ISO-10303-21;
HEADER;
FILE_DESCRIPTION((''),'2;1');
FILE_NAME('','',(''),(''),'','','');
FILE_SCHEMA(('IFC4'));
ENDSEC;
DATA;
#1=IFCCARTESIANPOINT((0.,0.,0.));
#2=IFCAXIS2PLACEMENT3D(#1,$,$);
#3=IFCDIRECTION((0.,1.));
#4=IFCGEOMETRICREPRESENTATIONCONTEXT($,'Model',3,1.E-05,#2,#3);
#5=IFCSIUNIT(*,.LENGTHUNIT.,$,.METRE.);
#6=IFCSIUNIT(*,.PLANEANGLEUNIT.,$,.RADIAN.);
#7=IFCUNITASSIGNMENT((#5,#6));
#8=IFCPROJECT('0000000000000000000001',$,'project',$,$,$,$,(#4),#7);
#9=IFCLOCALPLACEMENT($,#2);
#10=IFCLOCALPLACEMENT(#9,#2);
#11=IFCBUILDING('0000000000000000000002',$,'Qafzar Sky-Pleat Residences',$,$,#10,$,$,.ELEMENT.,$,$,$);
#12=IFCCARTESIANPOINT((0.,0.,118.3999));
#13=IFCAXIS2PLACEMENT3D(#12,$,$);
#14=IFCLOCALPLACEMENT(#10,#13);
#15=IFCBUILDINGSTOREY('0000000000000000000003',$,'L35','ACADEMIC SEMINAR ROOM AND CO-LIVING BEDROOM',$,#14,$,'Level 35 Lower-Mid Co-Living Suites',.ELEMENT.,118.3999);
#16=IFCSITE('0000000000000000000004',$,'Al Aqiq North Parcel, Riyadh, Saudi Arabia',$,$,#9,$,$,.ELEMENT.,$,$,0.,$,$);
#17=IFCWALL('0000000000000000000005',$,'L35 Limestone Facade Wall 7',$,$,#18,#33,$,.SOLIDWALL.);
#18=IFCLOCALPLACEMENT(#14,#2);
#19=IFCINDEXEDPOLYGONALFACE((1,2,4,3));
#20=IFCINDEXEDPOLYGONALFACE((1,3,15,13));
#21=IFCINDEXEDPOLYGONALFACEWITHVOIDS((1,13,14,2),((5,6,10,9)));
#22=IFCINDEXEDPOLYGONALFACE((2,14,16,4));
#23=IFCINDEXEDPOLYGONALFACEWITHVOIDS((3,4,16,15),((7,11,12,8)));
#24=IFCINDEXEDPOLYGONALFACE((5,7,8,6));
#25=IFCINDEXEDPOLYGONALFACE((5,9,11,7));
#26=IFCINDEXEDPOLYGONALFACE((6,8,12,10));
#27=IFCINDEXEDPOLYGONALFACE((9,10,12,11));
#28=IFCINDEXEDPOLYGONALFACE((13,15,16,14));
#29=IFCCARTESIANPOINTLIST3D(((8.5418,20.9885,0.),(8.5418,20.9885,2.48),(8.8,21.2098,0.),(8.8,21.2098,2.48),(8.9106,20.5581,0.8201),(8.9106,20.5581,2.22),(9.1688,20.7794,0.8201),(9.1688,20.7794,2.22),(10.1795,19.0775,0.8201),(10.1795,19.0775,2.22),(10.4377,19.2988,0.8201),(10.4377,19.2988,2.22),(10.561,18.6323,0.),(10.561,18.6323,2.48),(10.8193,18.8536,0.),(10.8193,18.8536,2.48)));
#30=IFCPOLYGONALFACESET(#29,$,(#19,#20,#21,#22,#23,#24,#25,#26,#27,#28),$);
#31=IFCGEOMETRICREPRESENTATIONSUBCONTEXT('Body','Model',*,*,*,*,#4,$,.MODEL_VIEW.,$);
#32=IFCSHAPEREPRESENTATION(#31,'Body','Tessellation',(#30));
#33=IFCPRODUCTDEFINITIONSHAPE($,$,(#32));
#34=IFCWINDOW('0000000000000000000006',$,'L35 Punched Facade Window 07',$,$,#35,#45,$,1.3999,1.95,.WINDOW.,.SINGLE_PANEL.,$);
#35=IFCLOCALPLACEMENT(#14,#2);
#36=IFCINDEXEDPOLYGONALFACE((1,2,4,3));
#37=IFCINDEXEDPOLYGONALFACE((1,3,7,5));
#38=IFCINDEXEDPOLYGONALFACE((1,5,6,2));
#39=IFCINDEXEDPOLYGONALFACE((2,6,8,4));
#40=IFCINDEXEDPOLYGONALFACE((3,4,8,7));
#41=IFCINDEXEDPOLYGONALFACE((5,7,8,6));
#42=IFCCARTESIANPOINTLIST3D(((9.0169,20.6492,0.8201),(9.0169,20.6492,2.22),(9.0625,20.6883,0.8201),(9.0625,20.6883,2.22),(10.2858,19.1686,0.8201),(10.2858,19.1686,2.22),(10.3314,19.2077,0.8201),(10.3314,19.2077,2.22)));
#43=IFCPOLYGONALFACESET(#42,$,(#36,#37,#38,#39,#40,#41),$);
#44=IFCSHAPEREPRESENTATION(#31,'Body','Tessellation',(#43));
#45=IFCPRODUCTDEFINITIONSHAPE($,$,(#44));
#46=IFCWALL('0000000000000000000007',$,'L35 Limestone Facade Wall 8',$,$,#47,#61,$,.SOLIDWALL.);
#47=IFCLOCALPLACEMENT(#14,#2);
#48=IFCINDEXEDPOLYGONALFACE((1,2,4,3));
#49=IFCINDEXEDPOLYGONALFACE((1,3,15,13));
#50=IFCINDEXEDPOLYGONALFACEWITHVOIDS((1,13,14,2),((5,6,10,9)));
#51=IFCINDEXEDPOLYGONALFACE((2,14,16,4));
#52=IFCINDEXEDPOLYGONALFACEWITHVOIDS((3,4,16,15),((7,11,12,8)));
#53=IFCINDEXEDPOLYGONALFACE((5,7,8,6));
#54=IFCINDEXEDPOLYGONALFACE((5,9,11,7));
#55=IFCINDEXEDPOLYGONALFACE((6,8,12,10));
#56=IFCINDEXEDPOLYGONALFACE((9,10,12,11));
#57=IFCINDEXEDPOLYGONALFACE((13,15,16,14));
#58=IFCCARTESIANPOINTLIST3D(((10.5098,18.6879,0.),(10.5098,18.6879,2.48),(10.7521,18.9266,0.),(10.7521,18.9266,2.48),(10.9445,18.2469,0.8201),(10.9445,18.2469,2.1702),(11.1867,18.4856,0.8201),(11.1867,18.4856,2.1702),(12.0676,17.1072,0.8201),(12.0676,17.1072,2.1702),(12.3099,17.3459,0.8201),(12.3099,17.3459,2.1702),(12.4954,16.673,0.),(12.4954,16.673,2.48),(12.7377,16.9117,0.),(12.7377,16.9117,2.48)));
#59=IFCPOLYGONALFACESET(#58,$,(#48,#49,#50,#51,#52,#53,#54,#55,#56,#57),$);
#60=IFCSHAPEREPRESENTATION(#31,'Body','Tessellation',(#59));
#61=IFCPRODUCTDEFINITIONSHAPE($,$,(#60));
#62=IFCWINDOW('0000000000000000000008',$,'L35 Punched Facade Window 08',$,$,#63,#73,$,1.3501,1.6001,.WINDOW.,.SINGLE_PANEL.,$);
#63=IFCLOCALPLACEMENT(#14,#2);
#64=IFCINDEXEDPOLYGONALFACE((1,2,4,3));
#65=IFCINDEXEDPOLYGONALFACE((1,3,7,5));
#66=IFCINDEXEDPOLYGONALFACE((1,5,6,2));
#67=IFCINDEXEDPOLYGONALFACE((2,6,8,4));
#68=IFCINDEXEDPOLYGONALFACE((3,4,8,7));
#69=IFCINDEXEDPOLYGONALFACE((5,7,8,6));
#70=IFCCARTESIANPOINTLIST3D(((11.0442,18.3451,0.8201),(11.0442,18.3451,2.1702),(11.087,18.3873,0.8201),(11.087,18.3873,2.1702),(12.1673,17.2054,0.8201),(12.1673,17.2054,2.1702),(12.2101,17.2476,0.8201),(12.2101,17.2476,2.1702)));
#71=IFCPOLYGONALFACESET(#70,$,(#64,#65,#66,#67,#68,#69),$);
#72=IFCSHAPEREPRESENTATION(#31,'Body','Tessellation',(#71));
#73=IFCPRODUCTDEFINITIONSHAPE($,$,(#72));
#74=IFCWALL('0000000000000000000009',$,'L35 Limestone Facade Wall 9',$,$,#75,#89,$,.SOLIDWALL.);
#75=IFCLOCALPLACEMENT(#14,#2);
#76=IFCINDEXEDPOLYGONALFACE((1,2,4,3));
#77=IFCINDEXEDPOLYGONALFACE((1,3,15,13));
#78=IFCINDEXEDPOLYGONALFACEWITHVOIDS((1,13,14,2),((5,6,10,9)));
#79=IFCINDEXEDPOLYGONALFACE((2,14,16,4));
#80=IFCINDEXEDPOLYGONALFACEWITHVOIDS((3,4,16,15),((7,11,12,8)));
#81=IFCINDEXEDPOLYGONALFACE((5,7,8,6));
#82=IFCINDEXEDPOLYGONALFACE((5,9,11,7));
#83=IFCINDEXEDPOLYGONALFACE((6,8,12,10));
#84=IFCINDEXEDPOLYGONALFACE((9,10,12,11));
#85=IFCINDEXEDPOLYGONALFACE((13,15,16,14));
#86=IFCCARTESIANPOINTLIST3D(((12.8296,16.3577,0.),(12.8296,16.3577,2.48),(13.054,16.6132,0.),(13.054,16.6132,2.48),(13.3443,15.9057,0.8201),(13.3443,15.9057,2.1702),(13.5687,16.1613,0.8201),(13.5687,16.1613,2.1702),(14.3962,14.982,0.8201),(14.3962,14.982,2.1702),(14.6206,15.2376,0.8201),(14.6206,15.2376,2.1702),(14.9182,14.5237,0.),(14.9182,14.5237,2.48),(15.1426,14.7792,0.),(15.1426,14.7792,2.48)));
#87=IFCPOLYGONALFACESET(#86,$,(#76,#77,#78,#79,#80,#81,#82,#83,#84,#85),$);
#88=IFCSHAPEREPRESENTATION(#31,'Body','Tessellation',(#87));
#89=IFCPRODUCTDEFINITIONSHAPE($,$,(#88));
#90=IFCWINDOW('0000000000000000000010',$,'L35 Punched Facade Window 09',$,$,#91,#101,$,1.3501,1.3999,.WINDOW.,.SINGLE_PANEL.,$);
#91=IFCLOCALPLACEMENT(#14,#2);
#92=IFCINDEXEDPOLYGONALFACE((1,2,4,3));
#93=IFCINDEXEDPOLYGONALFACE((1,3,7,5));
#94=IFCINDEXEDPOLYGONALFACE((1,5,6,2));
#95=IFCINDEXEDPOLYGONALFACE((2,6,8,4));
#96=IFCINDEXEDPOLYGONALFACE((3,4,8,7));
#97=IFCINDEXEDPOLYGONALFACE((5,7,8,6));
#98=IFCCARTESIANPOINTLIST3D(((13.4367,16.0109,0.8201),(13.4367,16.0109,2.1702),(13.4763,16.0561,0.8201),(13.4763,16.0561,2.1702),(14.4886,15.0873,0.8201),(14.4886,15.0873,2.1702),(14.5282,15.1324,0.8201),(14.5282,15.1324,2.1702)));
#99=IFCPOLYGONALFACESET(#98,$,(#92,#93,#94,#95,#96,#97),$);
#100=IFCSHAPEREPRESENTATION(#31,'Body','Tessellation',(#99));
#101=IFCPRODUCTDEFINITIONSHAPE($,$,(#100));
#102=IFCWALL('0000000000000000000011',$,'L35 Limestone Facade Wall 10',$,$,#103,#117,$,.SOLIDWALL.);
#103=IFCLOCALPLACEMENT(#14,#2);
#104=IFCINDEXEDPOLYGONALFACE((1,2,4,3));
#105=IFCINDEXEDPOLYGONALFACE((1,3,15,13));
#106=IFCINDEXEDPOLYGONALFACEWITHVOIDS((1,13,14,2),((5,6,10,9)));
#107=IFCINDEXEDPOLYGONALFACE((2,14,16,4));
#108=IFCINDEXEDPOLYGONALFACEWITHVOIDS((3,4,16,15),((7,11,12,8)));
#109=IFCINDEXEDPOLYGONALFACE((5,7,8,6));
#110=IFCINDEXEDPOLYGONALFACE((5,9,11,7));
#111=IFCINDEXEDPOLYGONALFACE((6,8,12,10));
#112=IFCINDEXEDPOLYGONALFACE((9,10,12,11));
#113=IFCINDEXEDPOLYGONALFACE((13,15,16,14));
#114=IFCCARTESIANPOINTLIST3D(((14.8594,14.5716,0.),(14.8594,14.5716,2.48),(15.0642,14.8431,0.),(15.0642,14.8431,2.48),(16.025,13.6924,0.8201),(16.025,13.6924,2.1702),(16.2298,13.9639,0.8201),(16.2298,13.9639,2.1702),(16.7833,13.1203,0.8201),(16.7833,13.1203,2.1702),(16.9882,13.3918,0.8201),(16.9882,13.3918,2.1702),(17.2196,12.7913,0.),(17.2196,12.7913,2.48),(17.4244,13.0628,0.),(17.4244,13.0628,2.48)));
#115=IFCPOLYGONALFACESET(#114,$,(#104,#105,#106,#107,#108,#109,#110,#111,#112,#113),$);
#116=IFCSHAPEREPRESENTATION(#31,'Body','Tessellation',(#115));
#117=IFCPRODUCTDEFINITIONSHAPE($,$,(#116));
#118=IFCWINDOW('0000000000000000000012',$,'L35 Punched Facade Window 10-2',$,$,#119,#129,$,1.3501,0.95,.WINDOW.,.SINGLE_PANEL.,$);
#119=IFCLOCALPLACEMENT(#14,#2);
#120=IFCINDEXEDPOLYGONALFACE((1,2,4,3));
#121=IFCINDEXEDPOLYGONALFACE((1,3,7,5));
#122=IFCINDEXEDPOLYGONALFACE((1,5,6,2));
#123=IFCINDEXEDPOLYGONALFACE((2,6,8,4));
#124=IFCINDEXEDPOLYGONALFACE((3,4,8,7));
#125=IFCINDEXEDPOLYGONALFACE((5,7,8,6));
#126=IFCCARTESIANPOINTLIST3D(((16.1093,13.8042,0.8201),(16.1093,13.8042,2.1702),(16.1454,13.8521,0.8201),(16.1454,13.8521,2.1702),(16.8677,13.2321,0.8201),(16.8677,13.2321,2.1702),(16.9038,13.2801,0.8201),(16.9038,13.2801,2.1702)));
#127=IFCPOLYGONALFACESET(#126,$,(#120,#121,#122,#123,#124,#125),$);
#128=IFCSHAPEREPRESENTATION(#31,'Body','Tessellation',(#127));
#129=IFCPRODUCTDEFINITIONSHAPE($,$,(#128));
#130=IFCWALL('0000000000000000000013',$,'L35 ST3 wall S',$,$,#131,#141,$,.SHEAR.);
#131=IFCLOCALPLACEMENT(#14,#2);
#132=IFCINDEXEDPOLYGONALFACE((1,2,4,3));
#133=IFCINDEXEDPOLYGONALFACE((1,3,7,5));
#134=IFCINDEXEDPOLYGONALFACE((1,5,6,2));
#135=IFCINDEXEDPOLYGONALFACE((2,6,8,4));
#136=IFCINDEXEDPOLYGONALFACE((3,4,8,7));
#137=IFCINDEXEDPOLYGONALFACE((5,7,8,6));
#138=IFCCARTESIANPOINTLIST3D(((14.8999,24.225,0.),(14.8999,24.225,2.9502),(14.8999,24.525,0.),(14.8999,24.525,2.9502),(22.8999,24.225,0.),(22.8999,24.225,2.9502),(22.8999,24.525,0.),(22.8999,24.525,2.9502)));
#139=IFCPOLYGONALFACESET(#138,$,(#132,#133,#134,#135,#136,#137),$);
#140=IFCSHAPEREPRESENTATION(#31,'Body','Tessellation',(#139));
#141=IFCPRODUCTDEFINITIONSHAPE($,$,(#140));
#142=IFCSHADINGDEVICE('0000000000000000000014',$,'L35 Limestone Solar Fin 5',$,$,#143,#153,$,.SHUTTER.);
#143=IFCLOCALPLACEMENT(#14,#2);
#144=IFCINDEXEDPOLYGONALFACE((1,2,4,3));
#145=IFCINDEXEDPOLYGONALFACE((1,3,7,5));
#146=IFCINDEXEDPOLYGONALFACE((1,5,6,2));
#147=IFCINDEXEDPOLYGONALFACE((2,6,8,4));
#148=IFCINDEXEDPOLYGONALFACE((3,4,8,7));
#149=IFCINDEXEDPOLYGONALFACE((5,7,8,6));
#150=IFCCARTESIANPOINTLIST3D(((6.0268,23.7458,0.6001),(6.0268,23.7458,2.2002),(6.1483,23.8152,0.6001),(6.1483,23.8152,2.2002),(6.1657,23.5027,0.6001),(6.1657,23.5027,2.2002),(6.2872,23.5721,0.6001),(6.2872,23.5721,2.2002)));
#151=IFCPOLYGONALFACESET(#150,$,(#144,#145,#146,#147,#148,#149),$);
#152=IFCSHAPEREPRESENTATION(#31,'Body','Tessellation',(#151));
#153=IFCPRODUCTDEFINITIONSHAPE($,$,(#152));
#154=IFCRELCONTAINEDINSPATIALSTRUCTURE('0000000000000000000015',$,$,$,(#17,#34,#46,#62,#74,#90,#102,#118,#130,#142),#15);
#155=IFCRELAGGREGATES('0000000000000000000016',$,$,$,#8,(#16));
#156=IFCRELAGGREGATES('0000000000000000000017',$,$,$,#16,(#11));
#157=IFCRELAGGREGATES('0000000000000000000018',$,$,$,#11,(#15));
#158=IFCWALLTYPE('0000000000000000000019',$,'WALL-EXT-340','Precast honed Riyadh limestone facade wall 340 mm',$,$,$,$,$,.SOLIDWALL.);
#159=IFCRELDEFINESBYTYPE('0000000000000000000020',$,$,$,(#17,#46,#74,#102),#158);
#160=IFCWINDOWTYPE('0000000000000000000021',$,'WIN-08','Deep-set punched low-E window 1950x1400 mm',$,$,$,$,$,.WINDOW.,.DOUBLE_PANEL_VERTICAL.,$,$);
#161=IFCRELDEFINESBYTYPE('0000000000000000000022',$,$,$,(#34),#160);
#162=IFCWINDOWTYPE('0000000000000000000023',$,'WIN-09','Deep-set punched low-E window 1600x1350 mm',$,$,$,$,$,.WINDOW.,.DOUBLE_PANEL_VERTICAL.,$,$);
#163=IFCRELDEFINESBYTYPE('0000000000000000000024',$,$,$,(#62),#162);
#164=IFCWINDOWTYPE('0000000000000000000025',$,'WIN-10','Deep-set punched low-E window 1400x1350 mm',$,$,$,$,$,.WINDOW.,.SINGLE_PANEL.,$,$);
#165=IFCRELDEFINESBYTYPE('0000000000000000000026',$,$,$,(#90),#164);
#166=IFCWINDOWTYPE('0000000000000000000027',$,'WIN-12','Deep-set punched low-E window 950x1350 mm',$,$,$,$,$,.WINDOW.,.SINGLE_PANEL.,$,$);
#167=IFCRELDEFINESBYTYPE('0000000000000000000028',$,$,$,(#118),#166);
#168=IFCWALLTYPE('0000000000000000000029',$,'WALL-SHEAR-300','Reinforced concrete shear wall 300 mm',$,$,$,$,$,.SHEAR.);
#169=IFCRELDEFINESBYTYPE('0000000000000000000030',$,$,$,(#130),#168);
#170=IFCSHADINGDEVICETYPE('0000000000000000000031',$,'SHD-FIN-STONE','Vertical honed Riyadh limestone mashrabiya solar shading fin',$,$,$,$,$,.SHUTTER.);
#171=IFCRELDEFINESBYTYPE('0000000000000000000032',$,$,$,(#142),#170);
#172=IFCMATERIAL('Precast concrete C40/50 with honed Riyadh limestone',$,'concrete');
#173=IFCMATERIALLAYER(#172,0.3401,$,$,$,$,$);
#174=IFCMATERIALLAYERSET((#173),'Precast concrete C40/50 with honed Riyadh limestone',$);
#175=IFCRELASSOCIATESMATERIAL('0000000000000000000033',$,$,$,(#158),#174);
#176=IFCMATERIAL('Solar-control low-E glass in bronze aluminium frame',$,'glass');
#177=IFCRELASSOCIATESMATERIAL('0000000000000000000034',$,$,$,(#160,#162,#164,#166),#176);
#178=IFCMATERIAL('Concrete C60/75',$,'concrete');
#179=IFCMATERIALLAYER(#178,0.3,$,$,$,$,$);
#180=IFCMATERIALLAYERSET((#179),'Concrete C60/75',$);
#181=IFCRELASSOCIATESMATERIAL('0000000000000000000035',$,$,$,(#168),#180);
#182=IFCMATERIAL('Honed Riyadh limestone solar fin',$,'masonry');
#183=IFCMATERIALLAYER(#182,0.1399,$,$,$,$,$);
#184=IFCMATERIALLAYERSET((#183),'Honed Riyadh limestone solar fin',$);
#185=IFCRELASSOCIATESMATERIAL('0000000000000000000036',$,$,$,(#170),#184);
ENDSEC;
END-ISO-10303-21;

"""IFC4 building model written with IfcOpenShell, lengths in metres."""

from ifc_helpers import new_model, si_unit, direction, frame, frame_2d, origin, origin_2d, place, context, subcontext, project, spatial, rectangle, extrude, source, transform, mapped, material, layer, layer_set, type_object, element, fill, save


model = new_model("IFC4")

# Units and contexts
model_context = context("Model", 3, precision=1e-05, world=origin(), true_north=direction((0.0, 1.0)))
body_context = subcontext(model_context, "Body", "Model", "MODEL_VIEW")
ifc_project = project(units=[si_unit("LENGTHUNIT", "METRE"), si_unit("PLANEANGLEUNIT", "RADIAN")], contexts=[model_context])

# Site, building, storey
site_placement = place(None, origin())
site = spatial("IfcSite", under=ifc_project, at=site_placement, Name="Al Aqiq North Parcel, Riyadh, Saudi Arabia", CompositionType="ELEMENT", RefElevation=0.0)
building_placement = place(site_placement, origin())
building = spatial("IfcBuilding", under=site, at=building_placement, Name="Qafzar Sky-Pleat Residences", CompositionType="ELEMENT")
storey_placement = place(building_placement, frame((0.0, 0.0, 118.3999)))
storey = spatial("IfcBuildingStorey", under=building, at=storey_placement, Name="L35", Description="ACADEMIC SEMINAR ROOM AND CO-LIVING BEDROOM", LongName="Level 35 Lower-Mid Co-Living Suites", CompositionType="ELEMENT", Elevation=118.3999)

# Shared definitions
ifc_material_1 = material(Name="Concrete C60/75", Category="concrete")

# Walls, openings, windows
ifc_material_2 = material(Name="Precast concrete C40/50 with honed Riyadh limestone", Category="concrete")
ifc_layer_1 = layer(ifc_material_2, 0.3401)
ifc_layer_set_1 = layer_set([ifc_layer_1], Name="Precast concrete C40/50 with honed Riyadh limestone")
wall_type_1 = type_object("IfcWallType", Name="WALL-EXT-340", Description="Precast honed Riyadh limestone facade wall 340 mm", PredefinedType="SOLIDWALL", material=ifc_layer_set_1)
ifc_material_3 = material(Name="Solar-control low-E glass in bronze aluminium frame", Category="glass")
wall_1_placement = place(storey_placement, frame((8.6709, 21.0991, 0.0), z_axis=(0.0, 0.0, 1.0), x_axis=(0.650733, -0.759307, 0.0)))
wall_1 = element("IfcWall", 1, at=wall_1_placement, inside=storey, type_object=wall_type_1, Name="L35 Limestone Facade Wall 7", PredefinedType="SOLIDWALL", context=body_context, shape_type="SweptSolid", body=[
    extrude(rectangle(XDim=3.103, YDim=0.3401, at=frame_2d((1.5515, 0.0))), origin(), (0.0, 0.0, 1.0), 2.48),
])
opening_1_placement = place(wall_1_placement, frame((0.5667, 0.0, 0.8201)))
opening_1 = element("IfcOpeningElement", 2, at=opening_1_placement, cuts=wall_1, PredefinedType="OPENING", context=body_context, shape_type="SweptSolid", body=[
    extrude(rectangle(XDim=1.95, YDim=1.3999, at=frame_2d((0.9751, 0.7))), frame((0.0, 0.1802, 0.0), z_axis=(0.0, -1.0, 0.0), x_axis=(1.0, 0.0, 0.0)), (0.0, 0.0, 1.0), 0.3601),
])
window_type_1 = type_object("IfcWindowType", Name="WIN-08", Description="Deep-set punched low-E window 1950x1400 mm", PartitioningType="DOUBLE_PANEL_VERTICAL", PredefinedType="WINDOW", material=ifc_material_3)
shared_shape_1 = source(origin(), body_context, "Body", "SweptSolid", [
    extrude(rectangle(XDim=1.95, YDim=1.3999, at=frame_2d((0.9751, 0.7))), frame((0.0, 0.03, 0.0), z_axis=(0.0, -1.0, 0.0), x_axis=(1.0, 0.0, 0.0)), (0.0, 0.0, 1.0), 0.0601),
])
window_1_placement = place(opening_1_placement, origin())
window_1 = element("IfcWindow", 3, at=window_1_placement, inside=storey, type_object=window_type_1, Name="L35 Punched Facade Window 07", OverallHeight=1.3999, OverallWidth=1.95, PartitioningType="SINGLE_PANEL", PredefinedType="WINDOW", context=body_context, shape_type="MappedRepresentation", body=[
    mapped(shared_shape_1, transform((0.0, 0.0, 0.0), x_axis=(1.0, 0.0, 0.0), y_axis=(0.0, 1.0, 0.0), z_axis=(0.0, 0.0, 1.0), scale=1.0)),
])
fill(opening_1, window_1)
wall_2_placement = place(storey_placement, frame((10.6309, 18.8074, 0.0), z_axis=(0.0, 0.0, 1.0), x_axis=(0.70191, -0.712266, 0.0)))
wall_2 = element("IfcWall", 4, at=wall_2_placement, inside=storey, type_object=wall_type_1, Name="L35 Limestone Facade Wall 8", PredefinedType="SOLIDWALL", context=body_context, shape_type="SweptSolid", body=[
    extrude(rectangle(XDim=2.8289, YDim=0.3401, at=frame_2d((1.4146, 0.0))), origin(), (0.0, 0.0, 1.0), 2.48),
])
opening_2_placement = place(wall_2_placement, frame((0.6194, 0.0, 0.8201)))
opening_2 = element("IfcOpeningElement", 5, at=opening_2_placement, cuts=wall_2, PredefinedType="OPENING", context=body_context, shape_type="SweptSolid", body=[
    extrude(rectangle(XDim=1.6001, YDim=1.3501, at=frame_2d((0.8, 0.675))), frame((0.0, 0.1802, 0.0), z_axis=(0.0, -1.0, 0.0), x_axis=(1.0, 0.0, 0.0)), (0.0, 0.0, 1.0), 0.3601),
])
window_type_2 = type_object("IfcWindowType", Name="WIN-09", Description="Deep-set punched low-E window 1600x1350 mm", PartitioningType="DOUBLE_PANEL_VERTICAL", PredefinedType="WINDOW", material=ifc_material_3)
shared_shape_2 = source(origin(), body_context, "Body", "SweptSolid", [
    extrude(rectangle(XDim=1.6001, YDim=1.3501, at=frame_2d((0.8, 0.675))), frame((0.0, 0.03, 0.0), z_axis=(0.0, -1.0, 0.0), x_axis=(1.0, 0.0, 0.0)), (0.0, 0.0, 1.0), 0.0601),
])
window_2_placement = place(opening_2_placement, origin())
window_2 = element("IfcWindow", 6, at=window_2_placement, inside=storey, type_object=window_type_2, Name="L35 Punched Facade Window 08", OverallHeight=1.3501, OverallWidth=1.6001, PartitioningType="SINGLE_PANEL", PredefinedType="WINDOW", context=body_context, shape_type="MappedRepresentation", body=[
    mapped(shared_shape_2, transform((0.0, 0.0, 0.0), x_axis=(1.0, 0.0, 0.0), y_axis=(0.0, 1.0, 0.0), z_axis=(0.0, 0.0, 1.0), scale=1.0)),
])
fill(opening_2, window_2)
wall_3_placement = place(storey_placement, frame((12.9419, 16.4854, 0.0), z_axis=(0.0, 0.0, 1.0), x_axis=(0.751427, -0.659816, 0.0)))
wall_3 = element("IfcWall", 7, at=wall_3_placement, inside=storey, type_object=wall_type_1, Name="L35 Limestone Facade Wall 9", PredefinedType="SOLIDWALL", context=body_context, shape_type="SweptSolid", body=[
    extrude(rectangle(XDim=2.7795, YDim=0.3401, at=frame_2d((1.3896, 0.0))), origin(), (0.0, 0.0, 1.0), 2.48),
])
opening_3_placement = place(wall_3_placement, frame((0.6848, 0.0, 0.8201)))
opening_3 = element("IfcOpeningElement", 8, at=opening_3_placement, cuts=wall_3, PredefinedType="OPENING", context=body_context, shape_type="SweptSolid", body=[
    extrude(rectangle(XDim=1.3999, YDim=1.3501, at=frame_2d((0.7, 0.675))), frame((0.0, 0.1802, 0.0), z_axis=(0.0, -1.0, 0.0), x_axis=(1.0, 0.0, 0.0)), (0.0, 0.0, 1.0), 0.3601),
])
window_type_3 = type_object("IfcWindowType", Name="WIN-10", Description="Deep-set punched low-E window 1400x1350 mm", PartitioningType="SINGLE_PANEL", PredefinedType="WINDOW", material=ifc_material_3)
shared_shape_3 = source(origin(), body_context, "Body", "SweptSolid", [
    extrude(rectangle(XDim=1.3999, YDim=1.3501, at=frame_2d((0.7, 0.675))), frame((0.0, 0.03, 0.0), z_axis=(0.0, -1.0, 0.0), x_axis=(1.0, 0.0, 0.0)), (0.0, 0.0, 1.0), 0.0601),
])
window_3_placement = place(opening_3_placement, origin())
window_3 = element("IfcWindow", 9, at=window_3_placement, inside=storey, type_object=window_type_3, Name="L35 Punched Facade Window 09", OverallHeight=1.3501, OverallWidth=1.3999, PartitioningType="SINGLE_PANEL", PredefinedType="WINDOW", context=body_context, shape_type="MappedRepresentation", body=[
    mapped(shared_shape_3, transform((0.0, 0.0, 0.0), x_axis=(1.0, 0.0, 0.0), y_axis=(0.0, 1.0, 0.0), z_axis=(0.0, 0.0, 1.0), scale=1.0)),
])
fill(opening_3, window_3)
wall_4_placement = place(storey_placement, frame((14.9619, 14.7073, 0.0), z_axis=(0.0, 0.0, 1.0), x_axis=(0.798342, -0.602204, 0.0)))
wall_4 = element("IfcWall", 10, at=wall_4_placement, inside=storey, type_object=wall_type_1, Name="L35 Limestone Facade Wall 10", PredefinedType="SOLIDWALL", context=body_context, shape_type="SweptSolid", body=[
    extrude(rectangle(XDim=2.9563, YDim=0.3401, at=frame_2d((1.478, 0.0))), origin(), (0.0, 0.0, 1.0), 2.48),
])
opening_4_placement = place(wall_4_placement, frame((1.4597, 0.0, 0.8201)))
opening_4 = element("IfcOpeningElement", 11, at=opening_4_placement, cuts=wall_4, PredefinedType="OPENING", context=body_context, shape_type="SweptSolid", body=[
    extrude(rectangle(XDim=0.95, YDim=1.3501, at=frame_2d((0.4751, 0.675))), frame((0.0, 0.1802, 0.0), z_axis=(0.0, -1.0, 0.0), x_axis=(1.0, 0.0, 0.0)), (0.0, 0.0, 1.0), 0.3601),
])
window_type_4 = type_object("IfcWindowType", Name="WIN-12", Description="Deep-set punched low-E window 950x1350 mm", PartitioningType="SINGLE_PANEL", PredefinedType="WINDOW", material=ifc_material_3)
shared_shape_4 = source(origin(), body_context, "Body", "SweptSolid", [
    extrude(rectangle(XDim=0.95, YDim=1.3501, at=frame_2d((0.4751, 0.675))), frame((0.0, 0.03, 0.0), z_axis=(0.0, -1.0, 0.0), x_axis=(1.0, 0.0, 0.0)), (0.0, 0.0, 1.0), 0.0601),
])
window_4_placement = place(opening_4_placement, origin())
window_4 = element("IfcWindow", 12, at=window_4_placement, inside=storey, type_object=window_type_4, Name="L35 Punched Facade Window 10-2", OverallHeight=1.3501, OverallWidth=0.95, PartitioningType="SINGLE_PANEL", PredefinedType="WINDOW", context=body_context, shape_type="MappedRepresentation", body=[
    mapped(shared_shape_4, transform((0.0, 0.0, 0.0), x_axis=(1.0, 0.0, 0.0), y_axis=(0.0, 1.0, 0.0), z_axis=(0.0, 0.0, 1.0), scale=1.0)),
])
fill(opening_4, window_4)

# Wall
ifc_layer_2 = layer(ifc_material_1, 0.3)
ifc_layer_set_2 = layer_set([ifc_layer_2], Name="Concrete C60/75")
wall_type_2 = type_object("IfcWallType", Name="WALL-SHEAR-300", Description="Reinforced concrete shear wall 300 mm", PredefinedType="SHEAR", material=ifc_layer_set_2)
wall_5_placement = place(storey_placement, frame((14.8999, 24.375, 0.0), z_axis=(0.0, 0.0, 1.0), x_axis=(1.0, 0.0, 0.0)))
element("IfcWall", 13, at=wall_5_placement, inside=storey, type_object=wall_type_2, Name="L35 ST3 wall S", PredefinedType="SHEAR", context=body_context, shape_type="SweptSolid", body=[
    extrude(rectangle(XDim=8.0, YDim=0.3, at=frame_2d((4.0, 0.0))), origin(), (0.0, 0.0, 1.0), 2.9502),
])

# Shading device
ifc_material_4 = material(Name="Honed Riyadh limestone solar fin", Category="masonry")
ifc_layer_3 = layer(ifc_material_4, 0.1399)
ifc_layer_set_3 = layer_set([ifc_layer_3], Name="Honed Riyadh limestone solar fin")
shading_device_type = type_object("IfcShadingDeviceType", Name="SHD-FIN-STONE", Description="Vertical honed Riyadh limestone mashrabiya solar shading fin", PredefinedType="SHUTTER", material=ifc_layer_set_3)
shared_shape_5 = source(origin(), body_context, "Body", "SweptSolid", [
    extrude(rectangle(XDim=0.1399, YDim=0.28, at=origin_2d()), origin(), (0.0, 0.0, 1.0), 1.6001),
])
for number, where, z_axis, x_axis, name in (
    (14, (6.157, 23.6589, 0.6001), (0.0, 0.0, 1.0), (-0.868308, -0.496026, 0.0), "L35 Limestone Solar Fin 5"),
):
    element("IfcShadingDevice", number, at=place(storey_placement, frame(where, z_axis=z_axis, x_axis=x_axis)), inside=storey, type_object=shading_device_type, Name=name, PredefinedType="SHUTTER", context=body_context, shape_type="MappedRepresentation", body=[
        mapped(shared_shape_5, transform((0.0, 0.0, 0.0), x_axis=(1.0, 0.0, 0.0), y_axis=(0.0, 1.0, 0.0), z_axis=(0.0, 0.0, 1.0), scale=1.0)),
    ])

save(model, "model.ifc")
